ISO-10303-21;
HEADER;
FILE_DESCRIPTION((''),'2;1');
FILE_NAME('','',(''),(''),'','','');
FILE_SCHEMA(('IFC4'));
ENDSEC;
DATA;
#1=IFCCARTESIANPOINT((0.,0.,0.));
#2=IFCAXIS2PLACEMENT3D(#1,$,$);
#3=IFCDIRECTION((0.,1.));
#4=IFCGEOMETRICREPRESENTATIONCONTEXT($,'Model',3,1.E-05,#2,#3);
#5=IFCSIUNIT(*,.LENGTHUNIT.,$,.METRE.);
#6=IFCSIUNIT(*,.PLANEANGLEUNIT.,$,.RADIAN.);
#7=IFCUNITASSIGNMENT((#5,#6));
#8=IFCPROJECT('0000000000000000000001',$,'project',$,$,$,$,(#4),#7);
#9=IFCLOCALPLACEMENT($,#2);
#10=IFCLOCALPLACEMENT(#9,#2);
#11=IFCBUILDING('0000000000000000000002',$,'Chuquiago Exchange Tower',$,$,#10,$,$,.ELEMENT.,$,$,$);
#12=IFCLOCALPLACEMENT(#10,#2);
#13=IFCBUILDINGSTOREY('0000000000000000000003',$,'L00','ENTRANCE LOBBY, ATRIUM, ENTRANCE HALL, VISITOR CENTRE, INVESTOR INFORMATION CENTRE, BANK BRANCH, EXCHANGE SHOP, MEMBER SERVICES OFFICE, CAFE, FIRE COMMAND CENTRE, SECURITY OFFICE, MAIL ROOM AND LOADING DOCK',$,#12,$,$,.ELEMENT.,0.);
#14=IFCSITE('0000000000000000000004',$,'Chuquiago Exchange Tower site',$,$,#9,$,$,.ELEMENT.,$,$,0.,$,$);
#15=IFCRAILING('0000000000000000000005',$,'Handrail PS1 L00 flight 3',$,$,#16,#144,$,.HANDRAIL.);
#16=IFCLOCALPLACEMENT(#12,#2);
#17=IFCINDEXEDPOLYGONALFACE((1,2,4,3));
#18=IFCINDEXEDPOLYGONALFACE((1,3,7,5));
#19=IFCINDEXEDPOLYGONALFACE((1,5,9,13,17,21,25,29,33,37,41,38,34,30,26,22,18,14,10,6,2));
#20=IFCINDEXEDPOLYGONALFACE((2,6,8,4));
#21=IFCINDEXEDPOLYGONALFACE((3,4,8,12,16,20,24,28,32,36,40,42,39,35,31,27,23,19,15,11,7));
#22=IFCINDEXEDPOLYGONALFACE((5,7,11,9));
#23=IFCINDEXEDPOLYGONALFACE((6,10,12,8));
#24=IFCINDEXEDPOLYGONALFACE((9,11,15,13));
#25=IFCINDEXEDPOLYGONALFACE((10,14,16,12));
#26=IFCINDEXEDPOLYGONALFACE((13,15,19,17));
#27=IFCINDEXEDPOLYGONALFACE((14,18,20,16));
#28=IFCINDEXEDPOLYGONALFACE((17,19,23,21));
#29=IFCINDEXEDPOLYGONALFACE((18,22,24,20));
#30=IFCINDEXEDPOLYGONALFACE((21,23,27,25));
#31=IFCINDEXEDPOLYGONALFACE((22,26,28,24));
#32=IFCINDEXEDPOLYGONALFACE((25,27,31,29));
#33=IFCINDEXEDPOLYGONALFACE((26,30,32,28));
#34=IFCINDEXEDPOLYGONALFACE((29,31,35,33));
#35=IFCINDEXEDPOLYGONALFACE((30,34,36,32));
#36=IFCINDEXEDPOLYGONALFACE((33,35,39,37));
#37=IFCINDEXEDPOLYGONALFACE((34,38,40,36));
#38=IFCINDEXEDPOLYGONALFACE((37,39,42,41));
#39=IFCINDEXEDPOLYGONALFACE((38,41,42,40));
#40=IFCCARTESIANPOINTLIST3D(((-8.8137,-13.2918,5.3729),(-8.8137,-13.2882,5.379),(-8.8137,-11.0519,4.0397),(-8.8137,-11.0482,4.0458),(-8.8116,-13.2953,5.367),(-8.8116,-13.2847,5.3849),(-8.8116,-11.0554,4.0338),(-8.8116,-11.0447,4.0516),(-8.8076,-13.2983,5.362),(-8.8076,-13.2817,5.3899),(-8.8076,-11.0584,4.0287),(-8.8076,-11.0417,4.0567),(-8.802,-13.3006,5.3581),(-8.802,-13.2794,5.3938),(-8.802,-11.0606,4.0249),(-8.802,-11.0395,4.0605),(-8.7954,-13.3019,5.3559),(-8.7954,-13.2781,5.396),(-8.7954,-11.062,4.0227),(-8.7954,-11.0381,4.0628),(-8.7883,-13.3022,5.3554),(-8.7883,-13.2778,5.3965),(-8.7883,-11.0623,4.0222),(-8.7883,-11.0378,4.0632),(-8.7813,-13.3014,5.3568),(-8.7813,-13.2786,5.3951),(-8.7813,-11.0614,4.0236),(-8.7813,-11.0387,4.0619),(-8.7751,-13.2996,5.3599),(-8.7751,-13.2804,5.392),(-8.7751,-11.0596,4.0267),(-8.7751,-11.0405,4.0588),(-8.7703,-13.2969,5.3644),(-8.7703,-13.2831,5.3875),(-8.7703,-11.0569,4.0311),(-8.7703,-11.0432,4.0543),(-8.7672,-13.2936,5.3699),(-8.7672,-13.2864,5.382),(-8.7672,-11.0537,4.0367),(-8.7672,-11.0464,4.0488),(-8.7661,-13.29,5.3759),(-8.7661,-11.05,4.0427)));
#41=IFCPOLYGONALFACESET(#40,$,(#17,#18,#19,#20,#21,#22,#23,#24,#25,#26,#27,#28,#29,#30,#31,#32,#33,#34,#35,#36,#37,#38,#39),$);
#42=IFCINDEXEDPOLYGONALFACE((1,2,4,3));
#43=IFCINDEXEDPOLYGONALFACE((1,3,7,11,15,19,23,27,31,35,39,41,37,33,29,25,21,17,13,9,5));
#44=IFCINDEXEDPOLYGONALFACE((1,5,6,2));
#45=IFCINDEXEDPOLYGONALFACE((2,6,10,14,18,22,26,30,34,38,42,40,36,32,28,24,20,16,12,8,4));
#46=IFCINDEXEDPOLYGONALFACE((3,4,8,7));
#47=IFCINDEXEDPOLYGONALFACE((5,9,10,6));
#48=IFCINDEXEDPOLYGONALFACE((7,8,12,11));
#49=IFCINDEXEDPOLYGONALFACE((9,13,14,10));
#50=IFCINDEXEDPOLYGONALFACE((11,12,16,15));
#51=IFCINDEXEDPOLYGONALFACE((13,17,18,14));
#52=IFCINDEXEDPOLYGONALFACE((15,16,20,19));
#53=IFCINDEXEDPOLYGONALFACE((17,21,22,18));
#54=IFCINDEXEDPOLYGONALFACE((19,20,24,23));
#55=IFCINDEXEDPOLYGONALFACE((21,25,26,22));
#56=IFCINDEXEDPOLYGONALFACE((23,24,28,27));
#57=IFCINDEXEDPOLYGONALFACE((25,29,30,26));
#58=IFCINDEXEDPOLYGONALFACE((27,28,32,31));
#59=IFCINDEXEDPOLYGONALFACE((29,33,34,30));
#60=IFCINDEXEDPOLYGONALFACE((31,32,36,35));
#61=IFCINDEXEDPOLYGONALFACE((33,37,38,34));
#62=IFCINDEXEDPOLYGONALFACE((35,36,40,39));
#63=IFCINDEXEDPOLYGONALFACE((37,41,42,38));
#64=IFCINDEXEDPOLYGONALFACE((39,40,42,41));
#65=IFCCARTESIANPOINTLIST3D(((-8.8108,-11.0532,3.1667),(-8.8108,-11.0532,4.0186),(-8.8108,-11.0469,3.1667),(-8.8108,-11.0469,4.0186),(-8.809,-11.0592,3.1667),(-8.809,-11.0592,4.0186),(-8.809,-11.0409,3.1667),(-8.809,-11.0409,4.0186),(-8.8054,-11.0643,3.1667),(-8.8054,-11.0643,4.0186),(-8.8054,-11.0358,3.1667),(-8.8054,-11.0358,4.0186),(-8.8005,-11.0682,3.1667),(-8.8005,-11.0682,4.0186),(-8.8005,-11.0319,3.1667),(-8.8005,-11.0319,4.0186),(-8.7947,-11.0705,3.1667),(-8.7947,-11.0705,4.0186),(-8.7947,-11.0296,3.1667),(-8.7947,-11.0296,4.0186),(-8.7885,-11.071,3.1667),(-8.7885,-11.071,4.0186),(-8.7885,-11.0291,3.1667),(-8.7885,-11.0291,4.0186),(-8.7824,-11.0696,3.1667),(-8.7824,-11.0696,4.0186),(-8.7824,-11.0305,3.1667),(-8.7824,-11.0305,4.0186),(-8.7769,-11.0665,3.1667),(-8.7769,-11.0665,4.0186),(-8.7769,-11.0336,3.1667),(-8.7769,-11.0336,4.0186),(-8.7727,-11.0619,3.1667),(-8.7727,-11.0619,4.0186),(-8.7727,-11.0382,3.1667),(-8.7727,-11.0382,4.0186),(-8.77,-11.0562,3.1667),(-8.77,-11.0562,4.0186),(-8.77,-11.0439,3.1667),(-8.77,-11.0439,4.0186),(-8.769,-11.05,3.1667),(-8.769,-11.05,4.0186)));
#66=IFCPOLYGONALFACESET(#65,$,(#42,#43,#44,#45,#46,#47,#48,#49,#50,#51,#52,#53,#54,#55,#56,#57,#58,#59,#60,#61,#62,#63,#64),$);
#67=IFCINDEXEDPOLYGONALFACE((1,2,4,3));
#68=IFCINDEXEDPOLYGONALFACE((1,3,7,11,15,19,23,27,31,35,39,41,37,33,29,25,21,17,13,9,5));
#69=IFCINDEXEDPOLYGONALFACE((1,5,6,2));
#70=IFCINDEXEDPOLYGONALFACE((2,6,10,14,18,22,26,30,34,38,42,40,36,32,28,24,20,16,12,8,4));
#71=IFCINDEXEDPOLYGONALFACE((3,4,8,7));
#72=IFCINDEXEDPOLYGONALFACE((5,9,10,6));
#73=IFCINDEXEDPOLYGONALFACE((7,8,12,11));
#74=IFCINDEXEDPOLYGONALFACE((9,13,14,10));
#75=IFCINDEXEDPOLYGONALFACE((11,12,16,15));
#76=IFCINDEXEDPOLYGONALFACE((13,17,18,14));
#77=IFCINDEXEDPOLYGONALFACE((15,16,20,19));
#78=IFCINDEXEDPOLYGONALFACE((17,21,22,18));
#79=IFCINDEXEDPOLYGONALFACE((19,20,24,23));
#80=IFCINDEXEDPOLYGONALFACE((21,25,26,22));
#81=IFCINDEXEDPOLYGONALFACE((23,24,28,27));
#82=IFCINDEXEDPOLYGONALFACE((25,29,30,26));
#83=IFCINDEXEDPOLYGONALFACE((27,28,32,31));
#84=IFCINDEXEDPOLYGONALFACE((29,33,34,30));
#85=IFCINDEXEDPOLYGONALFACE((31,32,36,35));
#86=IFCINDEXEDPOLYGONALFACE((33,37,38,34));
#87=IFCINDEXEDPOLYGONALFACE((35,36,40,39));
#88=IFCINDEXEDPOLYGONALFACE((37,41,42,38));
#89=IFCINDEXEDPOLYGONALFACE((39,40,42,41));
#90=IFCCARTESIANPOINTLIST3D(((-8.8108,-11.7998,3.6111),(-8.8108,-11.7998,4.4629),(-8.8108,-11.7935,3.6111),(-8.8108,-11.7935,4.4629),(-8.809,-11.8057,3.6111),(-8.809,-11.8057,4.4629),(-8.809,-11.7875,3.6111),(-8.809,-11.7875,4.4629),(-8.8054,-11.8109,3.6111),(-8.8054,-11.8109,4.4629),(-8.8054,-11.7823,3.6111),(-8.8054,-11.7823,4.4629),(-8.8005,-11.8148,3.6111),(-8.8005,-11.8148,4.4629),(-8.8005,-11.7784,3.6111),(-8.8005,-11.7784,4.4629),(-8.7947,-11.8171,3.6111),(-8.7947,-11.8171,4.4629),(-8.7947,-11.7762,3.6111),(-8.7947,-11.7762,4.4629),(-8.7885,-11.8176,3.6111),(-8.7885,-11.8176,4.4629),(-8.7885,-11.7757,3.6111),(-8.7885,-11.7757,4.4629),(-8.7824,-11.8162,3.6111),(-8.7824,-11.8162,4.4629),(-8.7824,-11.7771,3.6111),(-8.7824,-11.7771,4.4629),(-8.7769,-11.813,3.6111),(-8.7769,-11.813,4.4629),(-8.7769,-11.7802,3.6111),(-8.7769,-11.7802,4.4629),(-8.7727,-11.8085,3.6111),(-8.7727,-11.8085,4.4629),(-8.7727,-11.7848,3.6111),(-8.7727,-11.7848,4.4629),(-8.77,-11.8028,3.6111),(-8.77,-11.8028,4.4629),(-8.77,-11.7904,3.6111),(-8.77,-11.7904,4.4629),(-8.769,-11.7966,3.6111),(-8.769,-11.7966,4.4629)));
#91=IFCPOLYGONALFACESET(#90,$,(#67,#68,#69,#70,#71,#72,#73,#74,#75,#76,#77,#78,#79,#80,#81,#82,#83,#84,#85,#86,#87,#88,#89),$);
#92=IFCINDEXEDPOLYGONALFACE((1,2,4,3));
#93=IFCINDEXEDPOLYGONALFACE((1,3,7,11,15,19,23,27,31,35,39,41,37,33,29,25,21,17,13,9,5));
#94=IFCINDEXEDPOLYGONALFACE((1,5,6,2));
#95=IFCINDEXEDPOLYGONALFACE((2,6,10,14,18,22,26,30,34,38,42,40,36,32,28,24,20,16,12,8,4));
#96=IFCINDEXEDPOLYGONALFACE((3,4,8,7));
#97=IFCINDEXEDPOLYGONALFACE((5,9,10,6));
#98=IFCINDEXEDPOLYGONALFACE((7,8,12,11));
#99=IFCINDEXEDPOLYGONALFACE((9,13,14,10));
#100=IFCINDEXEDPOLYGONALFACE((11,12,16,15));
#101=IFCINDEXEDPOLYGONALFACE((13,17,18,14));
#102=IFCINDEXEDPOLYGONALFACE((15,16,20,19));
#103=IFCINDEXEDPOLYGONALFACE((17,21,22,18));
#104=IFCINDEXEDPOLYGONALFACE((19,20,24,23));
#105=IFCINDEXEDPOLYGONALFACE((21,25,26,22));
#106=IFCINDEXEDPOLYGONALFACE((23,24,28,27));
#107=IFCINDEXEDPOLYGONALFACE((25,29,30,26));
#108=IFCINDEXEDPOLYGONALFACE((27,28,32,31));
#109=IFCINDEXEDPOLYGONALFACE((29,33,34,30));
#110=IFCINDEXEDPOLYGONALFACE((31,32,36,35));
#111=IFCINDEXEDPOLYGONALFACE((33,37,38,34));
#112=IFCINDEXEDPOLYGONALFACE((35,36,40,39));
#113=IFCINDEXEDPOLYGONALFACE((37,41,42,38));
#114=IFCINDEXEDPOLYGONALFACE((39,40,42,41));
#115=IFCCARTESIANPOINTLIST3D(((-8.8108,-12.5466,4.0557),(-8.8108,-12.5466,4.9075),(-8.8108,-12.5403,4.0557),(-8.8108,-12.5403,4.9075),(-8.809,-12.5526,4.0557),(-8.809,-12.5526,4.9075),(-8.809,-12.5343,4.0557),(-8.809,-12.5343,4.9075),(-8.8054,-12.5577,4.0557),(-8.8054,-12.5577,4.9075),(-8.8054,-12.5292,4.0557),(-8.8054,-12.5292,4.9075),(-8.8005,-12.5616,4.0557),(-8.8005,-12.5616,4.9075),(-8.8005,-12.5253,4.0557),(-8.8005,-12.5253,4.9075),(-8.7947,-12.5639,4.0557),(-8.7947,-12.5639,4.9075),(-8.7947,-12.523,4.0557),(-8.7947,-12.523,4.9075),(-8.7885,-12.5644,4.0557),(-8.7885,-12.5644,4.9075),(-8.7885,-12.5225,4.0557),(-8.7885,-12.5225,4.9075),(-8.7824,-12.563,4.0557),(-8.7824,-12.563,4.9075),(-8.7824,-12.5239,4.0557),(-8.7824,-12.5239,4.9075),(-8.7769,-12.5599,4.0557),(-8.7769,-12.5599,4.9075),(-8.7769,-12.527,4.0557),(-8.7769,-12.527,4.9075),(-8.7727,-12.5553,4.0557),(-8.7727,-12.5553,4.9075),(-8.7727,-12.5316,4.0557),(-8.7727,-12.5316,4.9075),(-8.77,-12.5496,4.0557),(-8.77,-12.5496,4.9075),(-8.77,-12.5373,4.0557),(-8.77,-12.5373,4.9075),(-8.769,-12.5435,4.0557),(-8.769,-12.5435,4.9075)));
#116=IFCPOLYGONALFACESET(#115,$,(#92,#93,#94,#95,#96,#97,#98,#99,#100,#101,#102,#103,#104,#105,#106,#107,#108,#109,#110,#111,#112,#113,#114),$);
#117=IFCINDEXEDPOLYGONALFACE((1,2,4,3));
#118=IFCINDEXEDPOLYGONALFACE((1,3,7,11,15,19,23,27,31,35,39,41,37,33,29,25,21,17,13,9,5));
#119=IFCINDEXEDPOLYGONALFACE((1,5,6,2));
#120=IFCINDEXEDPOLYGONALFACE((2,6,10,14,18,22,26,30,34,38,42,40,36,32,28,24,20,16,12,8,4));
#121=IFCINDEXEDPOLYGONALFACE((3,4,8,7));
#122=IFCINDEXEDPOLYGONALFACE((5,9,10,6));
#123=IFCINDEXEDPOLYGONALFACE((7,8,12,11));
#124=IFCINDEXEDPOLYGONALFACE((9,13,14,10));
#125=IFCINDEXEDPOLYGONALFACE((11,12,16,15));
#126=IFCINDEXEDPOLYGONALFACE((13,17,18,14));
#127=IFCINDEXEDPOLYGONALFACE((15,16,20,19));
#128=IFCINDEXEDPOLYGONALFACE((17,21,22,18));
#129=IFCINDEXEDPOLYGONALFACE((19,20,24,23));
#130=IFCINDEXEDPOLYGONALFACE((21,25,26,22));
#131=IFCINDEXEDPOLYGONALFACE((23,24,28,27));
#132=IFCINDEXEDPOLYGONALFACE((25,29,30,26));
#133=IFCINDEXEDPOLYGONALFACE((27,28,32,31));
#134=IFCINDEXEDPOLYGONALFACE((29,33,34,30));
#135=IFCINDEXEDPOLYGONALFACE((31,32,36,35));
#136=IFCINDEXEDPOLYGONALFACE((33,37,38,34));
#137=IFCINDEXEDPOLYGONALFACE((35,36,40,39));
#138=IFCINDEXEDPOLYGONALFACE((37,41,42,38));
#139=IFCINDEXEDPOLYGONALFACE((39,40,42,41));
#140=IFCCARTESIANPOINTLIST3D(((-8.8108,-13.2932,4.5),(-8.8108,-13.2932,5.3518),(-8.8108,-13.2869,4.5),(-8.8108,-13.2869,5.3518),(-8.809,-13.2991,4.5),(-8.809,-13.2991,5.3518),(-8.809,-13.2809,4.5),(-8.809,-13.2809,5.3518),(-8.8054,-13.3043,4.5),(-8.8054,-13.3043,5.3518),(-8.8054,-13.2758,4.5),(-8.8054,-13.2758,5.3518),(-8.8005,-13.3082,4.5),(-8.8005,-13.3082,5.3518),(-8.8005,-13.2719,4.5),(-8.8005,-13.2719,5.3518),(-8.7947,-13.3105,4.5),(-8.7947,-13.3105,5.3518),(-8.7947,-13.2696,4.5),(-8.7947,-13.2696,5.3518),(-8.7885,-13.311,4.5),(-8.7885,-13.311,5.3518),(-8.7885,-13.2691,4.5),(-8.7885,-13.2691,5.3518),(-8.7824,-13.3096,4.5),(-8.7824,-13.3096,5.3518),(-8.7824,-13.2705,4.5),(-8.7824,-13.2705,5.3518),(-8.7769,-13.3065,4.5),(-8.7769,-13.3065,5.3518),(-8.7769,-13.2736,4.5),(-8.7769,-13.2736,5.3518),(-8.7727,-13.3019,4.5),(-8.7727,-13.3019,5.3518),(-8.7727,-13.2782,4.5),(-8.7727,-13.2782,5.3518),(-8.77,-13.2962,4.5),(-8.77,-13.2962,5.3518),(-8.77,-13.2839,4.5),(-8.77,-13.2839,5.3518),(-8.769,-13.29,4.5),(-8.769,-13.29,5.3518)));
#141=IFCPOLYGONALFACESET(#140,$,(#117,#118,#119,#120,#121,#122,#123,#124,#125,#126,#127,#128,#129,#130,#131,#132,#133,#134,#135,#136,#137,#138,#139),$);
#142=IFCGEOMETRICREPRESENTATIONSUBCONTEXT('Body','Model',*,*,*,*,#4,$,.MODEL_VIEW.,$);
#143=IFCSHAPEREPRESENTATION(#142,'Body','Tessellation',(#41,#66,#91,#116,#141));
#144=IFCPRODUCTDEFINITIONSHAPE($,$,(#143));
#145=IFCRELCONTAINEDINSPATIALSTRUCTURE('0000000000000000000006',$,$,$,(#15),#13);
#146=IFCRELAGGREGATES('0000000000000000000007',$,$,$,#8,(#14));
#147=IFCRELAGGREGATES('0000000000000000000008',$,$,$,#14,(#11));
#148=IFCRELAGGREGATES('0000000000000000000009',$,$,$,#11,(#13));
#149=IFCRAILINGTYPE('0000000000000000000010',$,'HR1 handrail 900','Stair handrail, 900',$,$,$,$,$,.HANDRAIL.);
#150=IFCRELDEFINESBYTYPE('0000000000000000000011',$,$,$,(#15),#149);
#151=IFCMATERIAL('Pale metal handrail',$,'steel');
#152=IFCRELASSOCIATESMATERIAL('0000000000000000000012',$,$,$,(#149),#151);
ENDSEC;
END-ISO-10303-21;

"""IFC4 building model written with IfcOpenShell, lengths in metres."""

from ifc_helpers import new_model, si_unit, direction, frame, origin, origin_2d, place, context, subcontext, project, spatial, circle, extrude, material, type_object, element, save


model = new_model("IFC4")

# Units and contexts
model_context = context("Model", 3, precision=1e-05, world=origin(), true_north=direction((0.0, 1.0)))
body_context = subcontext(model_context, "Body", "Model", "MODEL_VIEW")
ifc_project = project(units=[si_unit("LENGTHUNIT", "METRE"), si_unit("PLANEANGLEUNIT", "RADIAN")], contexts=[model_context])

# Site, building, storey
site_placement = place(None, origin())
site = spatial("IfcSite", under=ifc_project, at=site_placement, Name="Chuquiago Exchange Tower site", CompositionType="ELEMENT", RefElevation=0.0)
building_placement = place(site_placement, origin())
building = spatial("IfcBuilding", under=site, at=building_placement, Name="Chuquiago Exchange Tower", CompositionType="ELEMENT")
storey_placement = place(building_placement, origin())
storey = spatial("IfcBuildingStorey", under=building, at=storey_placement, Name="L00", Description="ENTRANCE LOBBY, ATRIUM, ENTRANCE HALL, VISITOR CENTRE, INVESTOR INFORMATION CENTRE, BANK BRANCH, EXCHANGE SHOP, MEMBER SERVICES OFFICE, CAFE, FIRE COMMAND CENTRE, SECURITY OFFICE, MAIL ROOM AND LOADING DOCK", CompositionType="ELEMENT", Elevation=0.0)

# Railing
ifc_material_1 = material(Name="Pale metal handrail", Category="steel")
railing_type = type_object("IfcRailingType", Name="HR1 handrail 900", Description="Stair handrail, 900", PredefinedType="HANDRAIL", material=ifc_material_1)
for number, where, name in (
    (1, (-8.79, -11.05, 3.1667), "Handrail PS1 L00 flight 3"),
):
    element("IfcRailing", number, at=place(storey_placement, frame(where)), inside=storey, type_object=railing_type, Name=name, PredefinedType="HANDRAIL", context=body_context, shape_type="SweptSolid", body=[
        extrude(circle(Radius=0.0239, at=origin_2d()), frame((0.0, 0.0, 0.876), z_axis=(0.0, -0.859306, 0.511462), x_axis=(1.0, 0.0, 0.0)), (0.0, 0.0, 1.0), 2.6067),
        extrude(circle(Radius=0.021, at=origin_2d()), origin(), (0.0, 0.0, 1.0), 0.8518),
        extrude(circle(Radius=0.021, at=origin_2d()), frame((0.0, -0.7466, 0.4443)), (0.0, 0.0, 1.0), 0.8518),
        extrude(circle(Radius=0.021, at=origin_2d()), frame((0.0, -1.4934, 0.8889)), (0.0, 0.0, 1.0), 0.8518),
        extrude(circle(Radius=0.021, at=origin_2d()), frame((0.0, -2.24, 1.3333)), (0.0, 0.0, 1.0), 0.8518),
    ])

save(model, "model.ifc")
